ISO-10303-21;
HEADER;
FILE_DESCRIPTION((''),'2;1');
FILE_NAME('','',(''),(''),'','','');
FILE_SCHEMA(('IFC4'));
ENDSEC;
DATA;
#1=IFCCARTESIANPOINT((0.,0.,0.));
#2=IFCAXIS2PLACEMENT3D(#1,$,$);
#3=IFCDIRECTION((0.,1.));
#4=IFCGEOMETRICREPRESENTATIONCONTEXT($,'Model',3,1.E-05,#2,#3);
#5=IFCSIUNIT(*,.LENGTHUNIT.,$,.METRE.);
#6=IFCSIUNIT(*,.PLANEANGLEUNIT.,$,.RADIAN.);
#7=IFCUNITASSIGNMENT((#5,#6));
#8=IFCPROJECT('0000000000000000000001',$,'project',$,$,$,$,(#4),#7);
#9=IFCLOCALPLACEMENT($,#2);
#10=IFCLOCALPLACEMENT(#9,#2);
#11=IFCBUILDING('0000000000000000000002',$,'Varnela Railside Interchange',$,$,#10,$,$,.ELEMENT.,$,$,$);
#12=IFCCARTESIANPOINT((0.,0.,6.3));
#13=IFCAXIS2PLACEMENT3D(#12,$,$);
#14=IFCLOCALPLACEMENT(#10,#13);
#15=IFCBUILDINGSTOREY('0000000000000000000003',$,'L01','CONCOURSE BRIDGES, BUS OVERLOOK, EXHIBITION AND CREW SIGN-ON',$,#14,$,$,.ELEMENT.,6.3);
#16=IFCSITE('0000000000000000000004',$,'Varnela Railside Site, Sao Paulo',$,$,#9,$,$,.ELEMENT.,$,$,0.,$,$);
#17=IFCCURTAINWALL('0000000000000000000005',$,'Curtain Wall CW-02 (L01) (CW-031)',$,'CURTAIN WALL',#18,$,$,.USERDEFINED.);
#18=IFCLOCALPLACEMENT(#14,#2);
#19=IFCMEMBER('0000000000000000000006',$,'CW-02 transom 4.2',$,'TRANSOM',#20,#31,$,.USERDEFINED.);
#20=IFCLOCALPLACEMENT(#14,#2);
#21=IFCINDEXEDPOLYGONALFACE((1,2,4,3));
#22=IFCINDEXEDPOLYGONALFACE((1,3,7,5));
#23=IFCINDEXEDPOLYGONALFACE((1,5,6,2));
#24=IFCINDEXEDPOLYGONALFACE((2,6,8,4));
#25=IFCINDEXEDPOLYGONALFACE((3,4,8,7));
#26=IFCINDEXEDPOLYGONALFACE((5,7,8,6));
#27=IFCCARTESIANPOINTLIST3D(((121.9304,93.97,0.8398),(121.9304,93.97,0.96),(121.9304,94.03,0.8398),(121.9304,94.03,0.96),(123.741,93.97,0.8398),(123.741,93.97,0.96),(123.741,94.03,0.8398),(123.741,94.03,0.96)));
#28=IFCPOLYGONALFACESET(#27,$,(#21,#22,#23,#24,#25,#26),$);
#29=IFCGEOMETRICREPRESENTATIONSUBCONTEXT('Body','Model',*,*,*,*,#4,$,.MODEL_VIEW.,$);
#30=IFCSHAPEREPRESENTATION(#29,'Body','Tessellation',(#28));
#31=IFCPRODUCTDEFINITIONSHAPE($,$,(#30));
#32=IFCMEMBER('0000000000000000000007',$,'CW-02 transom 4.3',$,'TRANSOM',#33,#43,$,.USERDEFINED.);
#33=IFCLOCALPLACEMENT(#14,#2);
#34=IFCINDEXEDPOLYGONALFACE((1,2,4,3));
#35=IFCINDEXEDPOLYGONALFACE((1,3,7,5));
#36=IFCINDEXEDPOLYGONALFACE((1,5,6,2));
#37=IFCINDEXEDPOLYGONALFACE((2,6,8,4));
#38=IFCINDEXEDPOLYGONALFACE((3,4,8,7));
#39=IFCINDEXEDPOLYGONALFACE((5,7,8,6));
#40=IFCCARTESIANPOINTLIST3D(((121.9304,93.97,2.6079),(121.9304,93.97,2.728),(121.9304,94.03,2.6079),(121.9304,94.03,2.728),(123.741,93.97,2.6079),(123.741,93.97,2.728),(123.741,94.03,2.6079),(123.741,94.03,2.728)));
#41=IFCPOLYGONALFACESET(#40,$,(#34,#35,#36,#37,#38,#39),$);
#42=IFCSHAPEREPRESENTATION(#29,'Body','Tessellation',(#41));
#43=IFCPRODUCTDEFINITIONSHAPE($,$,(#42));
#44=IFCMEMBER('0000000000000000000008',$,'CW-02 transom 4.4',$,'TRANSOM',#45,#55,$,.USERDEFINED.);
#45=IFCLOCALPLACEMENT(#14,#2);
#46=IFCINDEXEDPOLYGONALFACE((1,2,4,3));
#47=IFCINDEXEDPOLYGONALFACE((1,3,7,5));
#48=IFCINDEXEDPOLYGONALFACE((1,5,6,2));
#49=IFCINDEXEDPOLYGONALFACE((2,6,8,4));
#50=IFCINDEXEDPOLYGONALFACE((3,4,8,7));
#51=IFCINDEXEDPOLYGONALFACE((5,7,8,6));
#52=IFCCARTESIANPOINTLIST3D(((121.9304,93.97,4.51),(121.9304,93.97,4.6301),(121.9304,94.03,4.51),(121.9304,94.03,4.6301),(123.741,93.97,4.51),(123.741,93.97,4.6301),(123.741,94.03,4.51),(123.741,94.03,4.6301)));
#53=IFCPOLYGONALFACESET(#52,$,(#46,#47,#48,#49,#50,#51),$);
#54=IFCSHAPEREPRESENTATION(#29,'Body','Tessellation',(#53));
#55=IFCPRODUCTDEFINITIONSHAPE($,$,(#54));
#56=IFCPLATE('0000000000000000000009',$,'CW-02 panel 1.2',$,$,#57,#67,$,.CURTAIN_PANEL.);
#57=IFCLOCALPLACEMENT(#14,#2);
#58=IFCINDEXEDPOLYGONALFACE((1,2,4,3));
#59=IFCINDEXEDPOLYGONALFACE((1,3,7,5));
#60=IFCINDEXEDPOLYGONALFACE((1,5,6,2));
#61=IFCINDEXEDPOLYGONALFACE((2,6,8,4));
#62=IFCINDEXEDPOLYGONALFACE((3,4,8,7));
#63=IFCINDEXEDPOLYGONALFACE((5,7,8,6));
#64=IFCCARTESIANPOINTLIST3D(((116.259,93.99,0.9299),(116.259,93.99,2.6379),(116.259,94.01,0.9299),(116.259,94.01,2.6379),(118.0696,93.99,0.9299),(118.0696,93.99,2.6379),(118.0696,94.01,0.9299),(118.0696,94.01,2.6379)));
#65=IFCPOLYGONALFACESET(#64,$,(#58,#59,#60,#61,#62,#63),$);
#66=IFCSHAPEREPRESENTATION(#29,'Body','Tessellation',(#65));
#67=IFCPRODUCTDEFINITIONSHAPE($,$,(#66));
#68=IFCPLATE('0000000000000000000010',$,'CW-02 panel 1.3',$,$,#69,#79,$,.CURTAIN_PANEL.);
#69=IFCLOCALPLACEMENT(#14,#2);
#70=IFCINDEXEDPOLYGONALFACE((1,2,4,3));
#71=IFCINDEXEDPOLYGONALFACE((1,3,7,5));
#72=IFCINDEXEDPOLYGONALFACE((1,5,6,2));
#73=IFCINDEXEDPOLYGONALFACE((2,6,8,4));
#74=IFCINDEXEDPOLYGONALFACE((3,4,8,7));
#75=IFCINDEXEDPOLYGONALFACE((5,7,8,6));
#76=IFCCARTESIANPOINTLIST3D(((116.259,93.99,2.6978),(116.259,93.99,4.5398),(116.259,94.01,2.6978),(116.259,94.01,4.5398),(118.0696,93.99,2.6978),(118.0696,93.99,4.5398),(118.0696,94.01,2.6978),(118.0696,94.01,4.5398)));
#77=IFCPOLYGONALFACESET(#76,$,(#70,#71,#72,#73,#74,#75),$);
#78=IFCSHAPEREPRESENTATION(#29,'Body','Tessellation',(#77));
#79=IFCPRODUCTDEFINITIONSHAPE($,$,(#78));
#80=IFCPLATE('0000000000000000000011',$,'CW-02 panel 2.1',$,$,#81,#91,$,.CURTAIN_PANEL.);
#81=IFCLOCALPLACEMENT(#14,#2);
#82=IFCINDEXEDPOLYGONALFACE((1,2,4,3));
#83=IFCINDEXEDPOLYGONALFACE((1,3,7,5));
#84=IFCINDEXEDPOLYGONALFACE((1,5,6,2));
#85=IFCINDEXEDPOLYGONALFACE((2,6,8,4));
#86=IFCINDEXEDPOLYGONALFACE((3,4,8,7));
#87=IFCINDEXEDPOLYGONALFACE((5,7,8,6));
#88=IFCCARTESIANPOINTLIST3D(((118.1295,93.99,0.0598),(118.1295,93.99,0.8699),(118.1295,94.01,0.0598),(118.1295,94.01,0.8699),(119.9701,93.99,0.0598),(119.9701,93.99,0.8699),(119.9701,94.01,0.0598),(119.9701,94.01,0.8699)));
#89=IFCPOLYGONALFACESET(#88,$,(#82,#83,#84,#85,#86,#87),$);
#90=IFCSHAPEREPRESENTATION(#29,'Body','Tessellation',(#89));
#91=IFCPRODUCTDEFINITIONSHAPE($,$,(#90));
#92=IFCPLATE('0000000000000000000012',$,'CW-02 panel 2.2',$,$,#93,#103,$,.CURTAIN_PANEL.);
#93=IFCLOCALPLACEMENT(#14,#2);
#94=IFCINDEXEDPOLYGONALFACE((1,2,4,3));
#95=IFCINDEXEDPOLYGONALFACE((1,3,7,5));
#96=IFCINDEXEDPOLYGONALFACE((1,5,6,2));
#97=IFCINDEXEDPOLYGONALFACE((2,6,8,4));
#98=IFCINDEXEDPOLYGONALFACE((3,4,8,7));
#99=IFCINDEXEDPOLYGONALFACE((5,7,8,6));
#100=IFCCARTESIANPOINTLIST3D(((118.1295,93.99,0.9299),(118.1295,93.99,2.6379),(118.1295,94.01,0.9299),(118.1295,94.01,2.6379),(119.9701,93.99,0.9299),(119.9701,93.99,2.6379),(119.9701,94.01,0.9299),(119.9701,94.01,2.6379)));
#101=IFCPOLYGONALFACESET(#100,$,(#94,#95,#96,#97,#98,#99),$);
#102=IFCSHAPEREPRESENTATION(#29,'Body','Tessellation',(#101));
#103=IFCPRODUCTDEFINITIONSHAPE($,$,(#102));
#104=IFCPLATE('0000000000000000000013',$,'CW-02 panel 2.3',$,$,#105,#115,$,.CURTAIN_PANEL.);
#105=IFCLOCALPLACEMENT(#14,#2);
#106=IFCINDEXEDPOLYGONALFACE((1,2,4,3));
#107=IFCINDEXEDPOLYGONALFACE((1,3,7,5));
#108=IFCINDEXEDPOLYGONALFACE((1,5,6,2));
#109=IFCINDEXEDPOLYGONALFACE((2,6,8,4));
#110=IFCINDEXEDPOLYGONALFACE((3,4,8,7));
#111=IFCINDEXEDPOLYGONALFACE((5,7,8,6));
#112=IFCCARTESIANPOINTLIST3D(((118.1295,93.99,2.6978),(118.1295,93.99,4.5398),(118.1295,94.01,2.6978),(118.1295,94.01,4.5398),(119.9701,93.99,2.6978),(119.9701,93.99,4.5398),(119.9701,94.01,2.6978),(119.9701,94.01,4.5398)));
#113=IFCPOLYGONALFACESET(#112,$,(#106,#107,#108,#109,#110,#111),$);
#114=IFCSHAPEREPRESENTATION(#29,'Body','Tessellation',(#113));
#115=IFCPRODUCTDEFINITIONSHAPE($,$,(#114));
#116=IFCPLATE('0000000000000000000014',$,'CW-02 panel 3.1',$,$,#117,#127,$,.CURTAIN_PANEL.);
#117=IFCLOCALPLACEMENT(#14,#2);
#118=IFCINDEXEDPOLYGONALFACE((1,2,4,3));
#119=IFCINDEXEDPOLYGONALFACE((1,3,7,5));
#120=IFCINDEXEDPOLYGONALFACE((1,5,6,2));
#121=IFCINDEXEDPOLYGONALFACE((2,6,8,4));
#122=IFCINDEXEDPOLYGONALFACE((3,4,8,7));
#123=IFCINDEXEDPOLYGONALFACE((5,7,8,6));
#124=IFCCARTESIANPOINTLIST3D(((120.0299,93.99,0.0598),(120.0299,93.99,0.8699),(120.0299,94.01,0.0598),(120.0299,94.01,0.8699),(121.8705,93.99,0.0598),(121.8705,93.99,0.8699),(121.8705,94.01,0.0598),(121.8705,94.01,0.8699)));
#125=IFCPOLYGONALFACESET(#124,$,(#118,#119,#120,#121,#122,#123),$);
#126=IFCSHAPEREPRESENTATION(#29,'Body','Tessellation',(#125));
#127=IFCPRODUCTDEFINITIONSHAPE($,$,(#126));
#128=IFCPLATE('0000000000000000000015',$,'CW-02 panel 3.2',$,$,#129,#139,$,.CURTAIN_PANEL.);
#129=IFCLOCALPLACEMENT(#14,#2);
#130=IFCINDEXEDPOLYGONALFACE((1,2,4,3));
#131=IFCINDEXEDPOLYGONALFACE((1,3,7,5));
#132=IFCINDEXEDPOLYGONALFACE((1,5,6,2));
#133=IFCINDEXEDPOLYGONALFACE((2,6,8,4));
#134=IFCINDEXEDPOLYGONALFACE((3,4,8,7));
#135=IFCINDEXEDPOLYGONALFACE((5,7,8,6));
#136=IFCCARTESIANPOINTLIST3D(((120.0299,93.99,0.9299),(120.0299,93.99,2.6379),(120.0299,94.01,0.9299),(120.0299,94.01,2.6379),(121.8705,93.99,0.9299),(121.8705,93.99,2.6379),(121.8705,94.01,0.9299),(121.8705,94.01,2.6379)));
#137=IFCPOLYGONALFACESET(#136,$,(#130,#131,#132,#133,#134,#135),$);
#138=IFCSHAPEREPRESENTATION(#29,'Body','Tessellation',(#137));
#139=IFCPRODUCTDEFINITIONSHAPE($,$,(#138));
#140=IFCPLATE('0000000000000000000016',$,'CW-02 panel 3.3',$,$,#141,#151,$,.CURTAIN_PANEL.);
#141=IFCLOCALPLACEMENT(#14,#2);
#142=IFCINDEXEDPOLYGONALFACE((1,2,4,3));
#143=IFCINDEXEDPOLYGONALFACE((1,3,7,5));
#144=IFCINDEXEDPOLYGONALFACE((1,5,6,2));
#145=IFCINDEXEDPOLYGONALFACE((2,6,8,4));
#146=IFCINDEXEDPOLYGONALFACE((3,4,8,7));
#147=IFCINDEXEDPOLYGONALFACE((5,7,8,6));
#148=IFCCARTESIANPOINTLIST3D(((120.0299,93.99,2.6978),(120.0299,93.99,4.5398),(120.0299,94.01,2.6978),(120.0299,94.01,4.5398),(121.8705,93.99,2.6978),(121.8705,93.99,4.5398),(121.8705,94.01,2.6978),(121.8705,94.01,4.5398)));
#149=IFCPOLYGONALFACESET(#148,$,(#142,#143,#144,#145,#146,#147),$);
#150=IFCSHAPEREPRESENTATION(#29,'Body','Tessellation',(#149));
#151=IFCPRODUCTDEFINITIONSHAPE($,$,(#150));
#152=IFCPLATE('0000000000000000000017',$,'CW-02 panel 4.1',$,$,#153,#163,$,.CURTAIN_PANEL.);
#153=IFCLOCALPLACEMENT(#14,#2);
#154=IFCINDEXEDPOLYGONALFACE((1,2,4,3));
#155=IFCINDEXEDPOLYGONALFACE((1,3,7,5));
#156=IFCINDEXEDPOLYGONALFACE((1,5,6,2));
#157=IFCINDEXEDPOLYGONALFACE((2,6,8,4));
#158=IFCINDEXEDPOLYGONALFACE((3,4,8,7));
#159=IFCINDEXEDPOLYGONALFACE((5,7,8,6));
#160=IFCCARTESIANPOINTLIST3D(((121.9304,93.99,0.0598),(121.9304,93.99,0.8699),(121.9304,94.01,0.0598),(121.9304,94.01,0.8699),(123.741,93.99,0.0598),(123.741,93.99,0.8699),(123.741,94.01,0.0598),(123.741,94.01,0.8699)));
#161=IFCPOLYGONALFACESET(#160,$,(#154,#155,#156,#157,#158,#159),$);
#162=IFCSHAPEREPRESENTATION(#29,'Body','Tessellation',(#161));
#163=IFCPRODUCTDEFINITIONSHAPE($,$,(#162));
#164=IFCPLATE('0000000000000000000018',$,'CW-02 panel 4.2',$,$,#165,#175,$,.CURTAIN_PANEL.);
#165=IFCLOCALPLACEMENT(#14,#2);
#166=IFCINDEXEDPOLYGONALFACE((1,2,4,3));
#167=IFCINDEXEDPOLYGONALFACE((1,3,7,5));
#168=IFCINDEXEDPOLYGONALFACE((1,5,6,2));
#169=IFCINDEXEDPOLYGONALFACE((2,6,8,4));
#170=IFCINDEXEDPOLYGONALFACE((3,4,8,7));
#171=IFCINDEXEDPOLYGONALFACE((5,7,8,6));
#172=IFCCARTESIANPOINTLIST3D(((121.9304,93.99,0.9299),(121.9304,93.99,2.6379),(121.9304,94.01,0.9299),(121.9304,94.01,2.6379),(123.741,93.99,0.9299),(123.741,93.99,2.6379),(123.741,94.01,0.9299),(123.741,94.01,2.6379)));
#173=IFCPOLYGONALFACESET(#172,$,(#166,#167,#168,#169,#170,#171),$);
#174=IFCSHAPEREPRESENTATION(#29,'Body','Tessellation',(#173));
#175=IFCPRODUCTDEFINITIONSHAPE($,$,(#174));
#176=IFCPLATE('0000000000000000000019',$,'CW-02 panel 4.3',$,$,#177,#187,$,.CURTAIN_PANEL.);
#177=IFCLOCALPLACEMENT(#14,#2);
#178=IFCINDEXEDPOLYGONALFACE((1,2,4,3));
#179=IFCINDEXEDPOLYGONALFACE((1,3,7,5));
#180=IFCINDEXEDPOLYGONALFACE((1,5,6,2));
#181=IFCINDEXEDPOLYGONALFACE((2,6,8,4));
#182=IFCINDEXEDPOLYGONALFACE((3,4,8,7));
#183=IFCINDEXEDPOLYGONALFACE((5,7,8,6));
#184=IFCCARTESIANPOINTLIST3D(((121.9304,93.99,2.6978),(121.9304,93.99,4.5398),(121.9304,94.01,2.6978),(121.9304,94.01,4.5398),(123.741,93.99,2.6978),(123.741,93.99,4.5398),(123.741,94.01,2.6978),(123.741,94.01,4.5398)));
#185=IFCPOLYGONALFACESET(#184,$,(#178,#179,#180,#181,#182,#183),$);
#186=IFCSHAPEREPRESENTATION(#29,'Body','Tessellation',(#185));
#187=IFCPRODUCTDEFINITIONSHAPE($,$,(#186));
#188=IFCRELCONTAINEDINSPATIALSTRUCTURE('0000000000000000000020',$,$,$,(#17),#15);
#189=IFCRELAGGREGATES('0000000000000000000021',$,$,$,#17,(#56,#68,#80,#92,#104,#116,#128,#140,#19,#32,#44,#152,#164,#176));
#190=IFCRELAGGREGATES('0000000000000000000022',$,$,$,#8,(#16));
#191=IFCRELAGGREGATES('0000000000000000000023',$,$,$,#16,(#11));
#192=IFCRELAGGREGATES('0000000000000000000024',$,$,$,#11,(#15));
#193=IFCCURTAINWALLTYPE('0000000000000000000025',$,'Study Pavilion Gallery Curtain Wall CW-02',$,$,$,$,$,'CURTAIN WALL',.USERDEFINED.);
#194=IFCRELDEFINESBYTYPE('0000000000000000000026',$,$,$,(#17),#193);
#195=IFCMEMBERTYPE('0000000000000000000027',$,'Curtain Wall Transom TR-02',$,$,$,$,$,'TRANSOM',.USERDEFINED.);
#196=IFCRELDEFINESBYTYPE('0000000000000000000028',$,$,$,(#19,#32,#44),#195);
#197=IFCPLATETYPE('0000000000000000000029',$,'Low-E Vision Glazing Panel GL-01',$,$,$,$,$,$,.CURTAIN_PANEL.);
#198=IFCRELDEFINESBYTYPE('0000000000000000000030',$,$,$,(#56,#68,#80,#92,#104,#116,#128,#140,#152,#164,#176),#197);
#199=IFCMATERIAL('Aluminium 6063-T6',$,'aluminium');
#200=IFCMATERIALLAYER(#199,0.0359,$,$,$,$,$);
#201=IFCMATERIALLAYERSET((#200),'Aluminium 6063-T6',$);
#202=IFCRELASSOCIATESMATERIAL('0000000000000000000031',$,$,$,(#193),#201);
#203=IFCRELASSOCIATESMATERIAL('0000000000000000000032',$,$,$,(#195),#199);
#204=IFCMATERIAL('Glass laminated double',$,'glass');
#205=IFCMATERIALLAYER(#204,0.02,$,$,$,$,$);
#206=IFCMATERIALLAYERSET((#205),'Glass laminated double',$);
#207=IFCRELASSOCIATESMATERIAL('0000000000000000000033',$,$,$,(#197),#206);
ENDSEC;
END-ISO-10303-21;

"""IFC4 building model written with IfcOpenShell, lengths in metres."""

from ifc_helpers import new_model, si_unit, direction, frame, origin, origin_2d, place, context, subcontext, project, spatial, rectangle, extrude, material, layer, layer_set, material_profile, profile_set, type_object, element, aggregate, save


model = new_model("IFC4")

# Units and contexts
model_context = context("Model", 3, precision=1e-05, world=origin(), true_north=direction((0.0, 1.0)))
body_context = subcontext(model_context, "Body", "Model", "MODEL_VIEW")
ifc_project = project(units=[si_unit("LENGTHUNIT", "METRE"), si_unit("PLANEANGLEUNIT", "RADIAN")], contexts=[model_context])

# Site, building, storey
site_placement = place(None, origin())
site = spatial("IfcSite", under=ifc_project, at=site_placement, Name="Varnela Railside Site, Sao Paulo", CompositionType="ELEMENT", RefElevation=0.0)
building_placement = place(site_placement, origin())
building = spatial("IfcBuilding", under=site, at=building_placement, Name="Varnela Railside Interchange", CompositionType="ELEMENT")
storey_placement = place(building_placement, frame((0.0, 0.0, 6.3)))
storey = spatial("IfcBuildingStorey", under=building, at=storey_placement, Name="L01", Description="CONCOURSE BRIDGES, BUS OVERLOOK, EXHIBITION AND CREW SIGN-ON", CompositionType="ELEMENT", Elevation=6.3)

# Curtain wall, members, plates
ifc_material_1 = material(Name="Aluminium 6063-T6", Category="aluminium")
ifc_layer_1 = layer(ifc_material_1, 0.0359)
ifc_layer_set_1 = layer_set([ifc_layer_1], Name="Aluminium 6063-T6")
curtain_wall_type = type_object("IfcCurtainWallType", Name="Study Pavilion Gallery Curtain Wall CW-02", ElementType="CURTAIN WALL", PredefinedType="USERDEFINED", material=ifc_layer_set_1)
curtain_wall_placement = place(storey_placement, origin())
curtain_wall = element("IfcCurtainWall", 1, at=curtain_wall_placement, inside=storey, type_object=curtain_wall_type, Name="Curtain Wall CW-02 (L01) (CW-031)", ObjectType="CURTAIN WALL", PredefinedType="USERDEFINED")
ifc_material_profile_1 = material_profile(ifc_material_1, rectangle(XDim=0.0601, YDim=0.1201, at=origin_2d()), Name="ALU 60x120")
ifc_profile_set_1 = profile_set([ifc_material_profile_1], Name="Aluminium 6063-T6")
member_type_1 = type_object("IfcMemberType", Name="Curtain Wall Transom TR-02", ElementType="TRANSOM", PredefinedType="USERDEFINED", material=ifc_profile_set_1)
member_1_placement = place(storey_placement, frame((121.9304, 94.0, 0.8999), z_axis=(1.0, 0.0, 0.0), x_axis=(0.0, 1.0, 0.0)))
member_1 = element("IfcMember", 2, at=member_1_placement, type_object=member_type_1, Name="CW-02 transom 4.2", ObjectType="TRANSOM", PredefinedType="USERDEFINED", context=body_context, shape_type="SweptSolid", body=[
    extrude(rectangle(XDim=0.0601, YDim=0.1201, at=origin_2d()), origin(), (0.0, 0.0, 1.0), 1.8105),
])
member_2_placement = place(storey_placement, frame((121.9304, 94.0, 2.668), z_axis=(1.0, 0.0, 0.0), x_axis=(0.0, 1.0, 0.0)))
member_2 = element("IfcMember", 3, at=member_2_placement, type_object=member_type_1, Name="CW-02 transom 4.3", ObjectType="TRANSOM", PredefinedType="USERDEFINED", context=body_context, shape_type="SweptSolid", body=[
    extrude(rectangle(XDim=0.0601, YDim=0.1201, at=origin_2d()), origin(), (0.0, 0.0, 1.0), 1.8105),
])
member_3_placement = place(storey_placement, frame((121.9304, 94.0, 4.5701), z_axis=(1.0, 0.0, 0.0), x_axis=(0.0, 1.0, 0.0)))
member_3 = element("IfcMember", 4, at=member_3_placement, type_object=member_type_1, Name="CW-02 transom 4.4", ObjectType="TRANSOM", PredefinedType="USERDEFINED", context=body_context, shape_type="SweptSolid", body=[
    extrude(rectangle(XDim=0.0601, YDim=0.1201, at=origin_2d()), origin(), (0.0, 0.0, 1.0), 1.8105),
])
ifc_material_2 = material(Name="Glass laminated double", Category="glass")
ifc_layer_2 = layer(ifc_material_2, 0.02)
ifc_layer_set_2 = layer_set([ifc_layer_2], Name="Glass laminated double")
plate_type = type_object("IfcPlateType", Name="Low-E Vision Glazing Panel GL-01", PredefinedType="CURTAIN_PANEL", material=ifc_layer_set_2)
plate_1_placement = place(storey_placement, frame((117.1643, 94.0, 0.9299), z_axis=(0.0, 0.0, 1.0), x_axis=(1.0, 0.0, 0.0)))
plate_1 = element("IfcPlate", 5, at=plate_1_placement, type_object=plate_type, Name="CW-02 panel 1.2", PredefinedType="CURTAIN_PANEL", context=body_context, shape_type="SweptSolid", body=[
    extrude(rectangle(XDim=1.8105, YDim=0.02, at=origin_2d()), origin(), (0.0, 0.0, 1.0), 1.708),
])
plate_2_placement = place(storey_placement, frame((117.1643, 94.0, 2.6978), z_axis=(0.0, 0.0, 1.0), x_axis=(1.0, 0.0, 0.0)))
plate_2 = element("IfcPlate", 6, at=plate_2_placement, type_object=plate_type, Name="CW-02 panel 1.3", PredefinedType="CURTAIN_PANEL", context=body_context, shape_type="SweptSolid", body=[
    extrude(rectangle(XDim=1.8105, YDim=0.02, at=origin_2d()), origin(), (0.0, 0.0, 1.0), 1.842),
])
plate_3_placement = place(storey_placement, frame((119.0498, 94.0, 0.0598), z_axis=(0.0, 0.0, 1.0), x_axis=(1.0, 0.0, 0.0)))
plate_3 = element("IfcPlate", 7, at=plate_3_placement, type_object=plate_type, Name="CW-02 panel 2.1", PredefinedType="CURTAIN_PANEL", context=body_context, shape_type="SweptSolid", body=[
    extrude(rectangle(XDim=1.8406, YDim=0.02, at=origin_2d()), origin(), (0.0, 0.0, 1.0), 0.8101),
])
plate_4_placement = place(storey_placement, frame((119.0498, 94.0, 0.9299), z_axis=(0.0, 0.0, 1.0), x_axis=(1.0, 0.0, 0.0)))
plate_4 = element("IfcPlate", 8, at=plate_4_placement, type_object=plate_type, Name="CW-02 panel 2.2", PredefinedType="CURTAIN_PANEL", context=body_context, shape_type="SweptSolid", body=[
    extrude(rectangle(XDim=1.8406, YDim=0.02, at=origin_2d()), origin(), (0.0, 0.0, 1.0), 1.708),
])
plate_5_placement = place(storey_placement, frame((119.0498, 94.0, 2.6978), z_axis=(0.0, 0.0, 1.0), x_axis=(1.0, 0.0, 0.0)))
plate_5 = element("IfcPlate", 9, at=plate_5_placement, type_object=plate_type, Name="CW-02 panel 2.3", PredefinedType="CURTAIN_PANEL", context=body_context, shape_type="SweptSolid", body=[
    extrude(rectangle(XDim=1.8406, YDim=0.02, at=origin_2d()), origin(), (0.0, 0.0, 1.0), 1.842),
])
plate_6_placement = place(storey_placement, frame((120.9502, 94.0, 0.0598), z_axis=(0.0, 0.0, 1.0), x_axis=(1.0, 0.0, 0.0)))
plate_6 = element("IfcPlate", 10, at=plate_6_placement, type_object=plate_type, Name="CW-02 panel 3.1", PredefinedType="CURTAIN_PANEL", context=body_context, shape_type="SweptSolid", body=[
    extrude(rectangle(XDim=1.8406, YDim=0.02, at=origin_2d()), origin(), (0.0, 0.0, 1.0), 0.8101),
])
plate_7_placement = place(storey_placement, frame((120.9502, 94.0, 0.9299), z_axis=(0.0, 0.0, 1.0), x_axis=(1.0, 0.0, 0.0)))
plate_7 = element("IfcPlate", 11, at=plate_7_placement, type_object=plate_type, Name="CW-02 panel 3.2", PredefinedType="CURTAIN_PANEL", context=body_context, shape_type="SweptSolid", body=[
    extrude(rectangle(XDim=1.8406, YDim=0.02, at=origin_2d()), origin(), (0.0, 0.0, 1.0), 1.708),
])
plate_8_placement = place(storey_placement, frame((120.9502, 94.0, 2.6978), z_axis=(0.0, 0.0, 1.0), x_axis=(1.0, 0.0, 0.0)))
plate_8 = element("IfcPlate", 12, at=plate_8_placement, type_object=plate_type, Name="CW-02 panel 3.3", PredefinedType="CURTAIN_PANEL", context=body_context, shape_type="SweptSolid", body=[
    extrude(rectangle(XDim=1.8406, YDim=0.02, at=origin_2d()), origin(), (0.0, 0.0, 1.0), 1.842),
])
plate_9_placement = place(storey_placement, frame((122.8357, 94.0, 0.0598), z_axis=(0.0, 0.0, 1.0), x_axis=(1.0, 0.0, 0.0)))
plate_9 = element("IfcPlate", 13, at=plate_9_placement, type_object=plate_type, Name="CW-02 panel 4.1", PredefinedType="CURTAIN_PANEL", context=body_context, shape_type="SweptSolid", body=[
    extrude(rectangle(XDim=1.8105, YDim=0.02, at=origin_2d()), origin(), (0.0, 0.0, 1.0), 0.8101),
])
plate_10_placement = place(storey_placement, frame((122.8357, 94.0, 0.9299), z_axis=(0.0, 0.0, 1.0), x_axis=(1.0, 0.0, 0.0)))
plate_10 = element("IfcPlate", 14, at=plate_10_placement, type_object=plate_type, Name="CW-02 panel 4.2", PredefinedType="CURTAIN_PANEL", context=body_context, shape_type="SweptSolid", body=[
    extrude(rectangle(XDim=1.8105, YDim=0.02, at=origin_2d()), origin(), (0.0, 0.0, 1.0), 1.708),
])
plate_11_placement = place(storey_placement, frame((122.8357, 94.0, 2.6978), z_axis=(0.0, 0.0, 1.0), x_axis=(1.0, 0.0, 0.0)))
plate_11 = element("IfcPlate", 15, at=plate_11_placement, type_object=plate_type, Name="CW-02 panel 4.3", PredefinedType="CURTAIN_PANEL", context=body_context, shape_type="SweptSolid", body=[
    extrude(rectangle(XDim=1.8105, YDim=0.02, at=origin_2d()), origin(), (0.0, 0.0, 1.0), 1.842),
])
aggregate(curtain_wall, [plate_1, plate_2, plate_3, plate_4, plate_5, plate_6, plate_7, plate_8, member_1, member_2, member_3, plate_9, plate_10, plate_11])

save(model, "model.ifc")
